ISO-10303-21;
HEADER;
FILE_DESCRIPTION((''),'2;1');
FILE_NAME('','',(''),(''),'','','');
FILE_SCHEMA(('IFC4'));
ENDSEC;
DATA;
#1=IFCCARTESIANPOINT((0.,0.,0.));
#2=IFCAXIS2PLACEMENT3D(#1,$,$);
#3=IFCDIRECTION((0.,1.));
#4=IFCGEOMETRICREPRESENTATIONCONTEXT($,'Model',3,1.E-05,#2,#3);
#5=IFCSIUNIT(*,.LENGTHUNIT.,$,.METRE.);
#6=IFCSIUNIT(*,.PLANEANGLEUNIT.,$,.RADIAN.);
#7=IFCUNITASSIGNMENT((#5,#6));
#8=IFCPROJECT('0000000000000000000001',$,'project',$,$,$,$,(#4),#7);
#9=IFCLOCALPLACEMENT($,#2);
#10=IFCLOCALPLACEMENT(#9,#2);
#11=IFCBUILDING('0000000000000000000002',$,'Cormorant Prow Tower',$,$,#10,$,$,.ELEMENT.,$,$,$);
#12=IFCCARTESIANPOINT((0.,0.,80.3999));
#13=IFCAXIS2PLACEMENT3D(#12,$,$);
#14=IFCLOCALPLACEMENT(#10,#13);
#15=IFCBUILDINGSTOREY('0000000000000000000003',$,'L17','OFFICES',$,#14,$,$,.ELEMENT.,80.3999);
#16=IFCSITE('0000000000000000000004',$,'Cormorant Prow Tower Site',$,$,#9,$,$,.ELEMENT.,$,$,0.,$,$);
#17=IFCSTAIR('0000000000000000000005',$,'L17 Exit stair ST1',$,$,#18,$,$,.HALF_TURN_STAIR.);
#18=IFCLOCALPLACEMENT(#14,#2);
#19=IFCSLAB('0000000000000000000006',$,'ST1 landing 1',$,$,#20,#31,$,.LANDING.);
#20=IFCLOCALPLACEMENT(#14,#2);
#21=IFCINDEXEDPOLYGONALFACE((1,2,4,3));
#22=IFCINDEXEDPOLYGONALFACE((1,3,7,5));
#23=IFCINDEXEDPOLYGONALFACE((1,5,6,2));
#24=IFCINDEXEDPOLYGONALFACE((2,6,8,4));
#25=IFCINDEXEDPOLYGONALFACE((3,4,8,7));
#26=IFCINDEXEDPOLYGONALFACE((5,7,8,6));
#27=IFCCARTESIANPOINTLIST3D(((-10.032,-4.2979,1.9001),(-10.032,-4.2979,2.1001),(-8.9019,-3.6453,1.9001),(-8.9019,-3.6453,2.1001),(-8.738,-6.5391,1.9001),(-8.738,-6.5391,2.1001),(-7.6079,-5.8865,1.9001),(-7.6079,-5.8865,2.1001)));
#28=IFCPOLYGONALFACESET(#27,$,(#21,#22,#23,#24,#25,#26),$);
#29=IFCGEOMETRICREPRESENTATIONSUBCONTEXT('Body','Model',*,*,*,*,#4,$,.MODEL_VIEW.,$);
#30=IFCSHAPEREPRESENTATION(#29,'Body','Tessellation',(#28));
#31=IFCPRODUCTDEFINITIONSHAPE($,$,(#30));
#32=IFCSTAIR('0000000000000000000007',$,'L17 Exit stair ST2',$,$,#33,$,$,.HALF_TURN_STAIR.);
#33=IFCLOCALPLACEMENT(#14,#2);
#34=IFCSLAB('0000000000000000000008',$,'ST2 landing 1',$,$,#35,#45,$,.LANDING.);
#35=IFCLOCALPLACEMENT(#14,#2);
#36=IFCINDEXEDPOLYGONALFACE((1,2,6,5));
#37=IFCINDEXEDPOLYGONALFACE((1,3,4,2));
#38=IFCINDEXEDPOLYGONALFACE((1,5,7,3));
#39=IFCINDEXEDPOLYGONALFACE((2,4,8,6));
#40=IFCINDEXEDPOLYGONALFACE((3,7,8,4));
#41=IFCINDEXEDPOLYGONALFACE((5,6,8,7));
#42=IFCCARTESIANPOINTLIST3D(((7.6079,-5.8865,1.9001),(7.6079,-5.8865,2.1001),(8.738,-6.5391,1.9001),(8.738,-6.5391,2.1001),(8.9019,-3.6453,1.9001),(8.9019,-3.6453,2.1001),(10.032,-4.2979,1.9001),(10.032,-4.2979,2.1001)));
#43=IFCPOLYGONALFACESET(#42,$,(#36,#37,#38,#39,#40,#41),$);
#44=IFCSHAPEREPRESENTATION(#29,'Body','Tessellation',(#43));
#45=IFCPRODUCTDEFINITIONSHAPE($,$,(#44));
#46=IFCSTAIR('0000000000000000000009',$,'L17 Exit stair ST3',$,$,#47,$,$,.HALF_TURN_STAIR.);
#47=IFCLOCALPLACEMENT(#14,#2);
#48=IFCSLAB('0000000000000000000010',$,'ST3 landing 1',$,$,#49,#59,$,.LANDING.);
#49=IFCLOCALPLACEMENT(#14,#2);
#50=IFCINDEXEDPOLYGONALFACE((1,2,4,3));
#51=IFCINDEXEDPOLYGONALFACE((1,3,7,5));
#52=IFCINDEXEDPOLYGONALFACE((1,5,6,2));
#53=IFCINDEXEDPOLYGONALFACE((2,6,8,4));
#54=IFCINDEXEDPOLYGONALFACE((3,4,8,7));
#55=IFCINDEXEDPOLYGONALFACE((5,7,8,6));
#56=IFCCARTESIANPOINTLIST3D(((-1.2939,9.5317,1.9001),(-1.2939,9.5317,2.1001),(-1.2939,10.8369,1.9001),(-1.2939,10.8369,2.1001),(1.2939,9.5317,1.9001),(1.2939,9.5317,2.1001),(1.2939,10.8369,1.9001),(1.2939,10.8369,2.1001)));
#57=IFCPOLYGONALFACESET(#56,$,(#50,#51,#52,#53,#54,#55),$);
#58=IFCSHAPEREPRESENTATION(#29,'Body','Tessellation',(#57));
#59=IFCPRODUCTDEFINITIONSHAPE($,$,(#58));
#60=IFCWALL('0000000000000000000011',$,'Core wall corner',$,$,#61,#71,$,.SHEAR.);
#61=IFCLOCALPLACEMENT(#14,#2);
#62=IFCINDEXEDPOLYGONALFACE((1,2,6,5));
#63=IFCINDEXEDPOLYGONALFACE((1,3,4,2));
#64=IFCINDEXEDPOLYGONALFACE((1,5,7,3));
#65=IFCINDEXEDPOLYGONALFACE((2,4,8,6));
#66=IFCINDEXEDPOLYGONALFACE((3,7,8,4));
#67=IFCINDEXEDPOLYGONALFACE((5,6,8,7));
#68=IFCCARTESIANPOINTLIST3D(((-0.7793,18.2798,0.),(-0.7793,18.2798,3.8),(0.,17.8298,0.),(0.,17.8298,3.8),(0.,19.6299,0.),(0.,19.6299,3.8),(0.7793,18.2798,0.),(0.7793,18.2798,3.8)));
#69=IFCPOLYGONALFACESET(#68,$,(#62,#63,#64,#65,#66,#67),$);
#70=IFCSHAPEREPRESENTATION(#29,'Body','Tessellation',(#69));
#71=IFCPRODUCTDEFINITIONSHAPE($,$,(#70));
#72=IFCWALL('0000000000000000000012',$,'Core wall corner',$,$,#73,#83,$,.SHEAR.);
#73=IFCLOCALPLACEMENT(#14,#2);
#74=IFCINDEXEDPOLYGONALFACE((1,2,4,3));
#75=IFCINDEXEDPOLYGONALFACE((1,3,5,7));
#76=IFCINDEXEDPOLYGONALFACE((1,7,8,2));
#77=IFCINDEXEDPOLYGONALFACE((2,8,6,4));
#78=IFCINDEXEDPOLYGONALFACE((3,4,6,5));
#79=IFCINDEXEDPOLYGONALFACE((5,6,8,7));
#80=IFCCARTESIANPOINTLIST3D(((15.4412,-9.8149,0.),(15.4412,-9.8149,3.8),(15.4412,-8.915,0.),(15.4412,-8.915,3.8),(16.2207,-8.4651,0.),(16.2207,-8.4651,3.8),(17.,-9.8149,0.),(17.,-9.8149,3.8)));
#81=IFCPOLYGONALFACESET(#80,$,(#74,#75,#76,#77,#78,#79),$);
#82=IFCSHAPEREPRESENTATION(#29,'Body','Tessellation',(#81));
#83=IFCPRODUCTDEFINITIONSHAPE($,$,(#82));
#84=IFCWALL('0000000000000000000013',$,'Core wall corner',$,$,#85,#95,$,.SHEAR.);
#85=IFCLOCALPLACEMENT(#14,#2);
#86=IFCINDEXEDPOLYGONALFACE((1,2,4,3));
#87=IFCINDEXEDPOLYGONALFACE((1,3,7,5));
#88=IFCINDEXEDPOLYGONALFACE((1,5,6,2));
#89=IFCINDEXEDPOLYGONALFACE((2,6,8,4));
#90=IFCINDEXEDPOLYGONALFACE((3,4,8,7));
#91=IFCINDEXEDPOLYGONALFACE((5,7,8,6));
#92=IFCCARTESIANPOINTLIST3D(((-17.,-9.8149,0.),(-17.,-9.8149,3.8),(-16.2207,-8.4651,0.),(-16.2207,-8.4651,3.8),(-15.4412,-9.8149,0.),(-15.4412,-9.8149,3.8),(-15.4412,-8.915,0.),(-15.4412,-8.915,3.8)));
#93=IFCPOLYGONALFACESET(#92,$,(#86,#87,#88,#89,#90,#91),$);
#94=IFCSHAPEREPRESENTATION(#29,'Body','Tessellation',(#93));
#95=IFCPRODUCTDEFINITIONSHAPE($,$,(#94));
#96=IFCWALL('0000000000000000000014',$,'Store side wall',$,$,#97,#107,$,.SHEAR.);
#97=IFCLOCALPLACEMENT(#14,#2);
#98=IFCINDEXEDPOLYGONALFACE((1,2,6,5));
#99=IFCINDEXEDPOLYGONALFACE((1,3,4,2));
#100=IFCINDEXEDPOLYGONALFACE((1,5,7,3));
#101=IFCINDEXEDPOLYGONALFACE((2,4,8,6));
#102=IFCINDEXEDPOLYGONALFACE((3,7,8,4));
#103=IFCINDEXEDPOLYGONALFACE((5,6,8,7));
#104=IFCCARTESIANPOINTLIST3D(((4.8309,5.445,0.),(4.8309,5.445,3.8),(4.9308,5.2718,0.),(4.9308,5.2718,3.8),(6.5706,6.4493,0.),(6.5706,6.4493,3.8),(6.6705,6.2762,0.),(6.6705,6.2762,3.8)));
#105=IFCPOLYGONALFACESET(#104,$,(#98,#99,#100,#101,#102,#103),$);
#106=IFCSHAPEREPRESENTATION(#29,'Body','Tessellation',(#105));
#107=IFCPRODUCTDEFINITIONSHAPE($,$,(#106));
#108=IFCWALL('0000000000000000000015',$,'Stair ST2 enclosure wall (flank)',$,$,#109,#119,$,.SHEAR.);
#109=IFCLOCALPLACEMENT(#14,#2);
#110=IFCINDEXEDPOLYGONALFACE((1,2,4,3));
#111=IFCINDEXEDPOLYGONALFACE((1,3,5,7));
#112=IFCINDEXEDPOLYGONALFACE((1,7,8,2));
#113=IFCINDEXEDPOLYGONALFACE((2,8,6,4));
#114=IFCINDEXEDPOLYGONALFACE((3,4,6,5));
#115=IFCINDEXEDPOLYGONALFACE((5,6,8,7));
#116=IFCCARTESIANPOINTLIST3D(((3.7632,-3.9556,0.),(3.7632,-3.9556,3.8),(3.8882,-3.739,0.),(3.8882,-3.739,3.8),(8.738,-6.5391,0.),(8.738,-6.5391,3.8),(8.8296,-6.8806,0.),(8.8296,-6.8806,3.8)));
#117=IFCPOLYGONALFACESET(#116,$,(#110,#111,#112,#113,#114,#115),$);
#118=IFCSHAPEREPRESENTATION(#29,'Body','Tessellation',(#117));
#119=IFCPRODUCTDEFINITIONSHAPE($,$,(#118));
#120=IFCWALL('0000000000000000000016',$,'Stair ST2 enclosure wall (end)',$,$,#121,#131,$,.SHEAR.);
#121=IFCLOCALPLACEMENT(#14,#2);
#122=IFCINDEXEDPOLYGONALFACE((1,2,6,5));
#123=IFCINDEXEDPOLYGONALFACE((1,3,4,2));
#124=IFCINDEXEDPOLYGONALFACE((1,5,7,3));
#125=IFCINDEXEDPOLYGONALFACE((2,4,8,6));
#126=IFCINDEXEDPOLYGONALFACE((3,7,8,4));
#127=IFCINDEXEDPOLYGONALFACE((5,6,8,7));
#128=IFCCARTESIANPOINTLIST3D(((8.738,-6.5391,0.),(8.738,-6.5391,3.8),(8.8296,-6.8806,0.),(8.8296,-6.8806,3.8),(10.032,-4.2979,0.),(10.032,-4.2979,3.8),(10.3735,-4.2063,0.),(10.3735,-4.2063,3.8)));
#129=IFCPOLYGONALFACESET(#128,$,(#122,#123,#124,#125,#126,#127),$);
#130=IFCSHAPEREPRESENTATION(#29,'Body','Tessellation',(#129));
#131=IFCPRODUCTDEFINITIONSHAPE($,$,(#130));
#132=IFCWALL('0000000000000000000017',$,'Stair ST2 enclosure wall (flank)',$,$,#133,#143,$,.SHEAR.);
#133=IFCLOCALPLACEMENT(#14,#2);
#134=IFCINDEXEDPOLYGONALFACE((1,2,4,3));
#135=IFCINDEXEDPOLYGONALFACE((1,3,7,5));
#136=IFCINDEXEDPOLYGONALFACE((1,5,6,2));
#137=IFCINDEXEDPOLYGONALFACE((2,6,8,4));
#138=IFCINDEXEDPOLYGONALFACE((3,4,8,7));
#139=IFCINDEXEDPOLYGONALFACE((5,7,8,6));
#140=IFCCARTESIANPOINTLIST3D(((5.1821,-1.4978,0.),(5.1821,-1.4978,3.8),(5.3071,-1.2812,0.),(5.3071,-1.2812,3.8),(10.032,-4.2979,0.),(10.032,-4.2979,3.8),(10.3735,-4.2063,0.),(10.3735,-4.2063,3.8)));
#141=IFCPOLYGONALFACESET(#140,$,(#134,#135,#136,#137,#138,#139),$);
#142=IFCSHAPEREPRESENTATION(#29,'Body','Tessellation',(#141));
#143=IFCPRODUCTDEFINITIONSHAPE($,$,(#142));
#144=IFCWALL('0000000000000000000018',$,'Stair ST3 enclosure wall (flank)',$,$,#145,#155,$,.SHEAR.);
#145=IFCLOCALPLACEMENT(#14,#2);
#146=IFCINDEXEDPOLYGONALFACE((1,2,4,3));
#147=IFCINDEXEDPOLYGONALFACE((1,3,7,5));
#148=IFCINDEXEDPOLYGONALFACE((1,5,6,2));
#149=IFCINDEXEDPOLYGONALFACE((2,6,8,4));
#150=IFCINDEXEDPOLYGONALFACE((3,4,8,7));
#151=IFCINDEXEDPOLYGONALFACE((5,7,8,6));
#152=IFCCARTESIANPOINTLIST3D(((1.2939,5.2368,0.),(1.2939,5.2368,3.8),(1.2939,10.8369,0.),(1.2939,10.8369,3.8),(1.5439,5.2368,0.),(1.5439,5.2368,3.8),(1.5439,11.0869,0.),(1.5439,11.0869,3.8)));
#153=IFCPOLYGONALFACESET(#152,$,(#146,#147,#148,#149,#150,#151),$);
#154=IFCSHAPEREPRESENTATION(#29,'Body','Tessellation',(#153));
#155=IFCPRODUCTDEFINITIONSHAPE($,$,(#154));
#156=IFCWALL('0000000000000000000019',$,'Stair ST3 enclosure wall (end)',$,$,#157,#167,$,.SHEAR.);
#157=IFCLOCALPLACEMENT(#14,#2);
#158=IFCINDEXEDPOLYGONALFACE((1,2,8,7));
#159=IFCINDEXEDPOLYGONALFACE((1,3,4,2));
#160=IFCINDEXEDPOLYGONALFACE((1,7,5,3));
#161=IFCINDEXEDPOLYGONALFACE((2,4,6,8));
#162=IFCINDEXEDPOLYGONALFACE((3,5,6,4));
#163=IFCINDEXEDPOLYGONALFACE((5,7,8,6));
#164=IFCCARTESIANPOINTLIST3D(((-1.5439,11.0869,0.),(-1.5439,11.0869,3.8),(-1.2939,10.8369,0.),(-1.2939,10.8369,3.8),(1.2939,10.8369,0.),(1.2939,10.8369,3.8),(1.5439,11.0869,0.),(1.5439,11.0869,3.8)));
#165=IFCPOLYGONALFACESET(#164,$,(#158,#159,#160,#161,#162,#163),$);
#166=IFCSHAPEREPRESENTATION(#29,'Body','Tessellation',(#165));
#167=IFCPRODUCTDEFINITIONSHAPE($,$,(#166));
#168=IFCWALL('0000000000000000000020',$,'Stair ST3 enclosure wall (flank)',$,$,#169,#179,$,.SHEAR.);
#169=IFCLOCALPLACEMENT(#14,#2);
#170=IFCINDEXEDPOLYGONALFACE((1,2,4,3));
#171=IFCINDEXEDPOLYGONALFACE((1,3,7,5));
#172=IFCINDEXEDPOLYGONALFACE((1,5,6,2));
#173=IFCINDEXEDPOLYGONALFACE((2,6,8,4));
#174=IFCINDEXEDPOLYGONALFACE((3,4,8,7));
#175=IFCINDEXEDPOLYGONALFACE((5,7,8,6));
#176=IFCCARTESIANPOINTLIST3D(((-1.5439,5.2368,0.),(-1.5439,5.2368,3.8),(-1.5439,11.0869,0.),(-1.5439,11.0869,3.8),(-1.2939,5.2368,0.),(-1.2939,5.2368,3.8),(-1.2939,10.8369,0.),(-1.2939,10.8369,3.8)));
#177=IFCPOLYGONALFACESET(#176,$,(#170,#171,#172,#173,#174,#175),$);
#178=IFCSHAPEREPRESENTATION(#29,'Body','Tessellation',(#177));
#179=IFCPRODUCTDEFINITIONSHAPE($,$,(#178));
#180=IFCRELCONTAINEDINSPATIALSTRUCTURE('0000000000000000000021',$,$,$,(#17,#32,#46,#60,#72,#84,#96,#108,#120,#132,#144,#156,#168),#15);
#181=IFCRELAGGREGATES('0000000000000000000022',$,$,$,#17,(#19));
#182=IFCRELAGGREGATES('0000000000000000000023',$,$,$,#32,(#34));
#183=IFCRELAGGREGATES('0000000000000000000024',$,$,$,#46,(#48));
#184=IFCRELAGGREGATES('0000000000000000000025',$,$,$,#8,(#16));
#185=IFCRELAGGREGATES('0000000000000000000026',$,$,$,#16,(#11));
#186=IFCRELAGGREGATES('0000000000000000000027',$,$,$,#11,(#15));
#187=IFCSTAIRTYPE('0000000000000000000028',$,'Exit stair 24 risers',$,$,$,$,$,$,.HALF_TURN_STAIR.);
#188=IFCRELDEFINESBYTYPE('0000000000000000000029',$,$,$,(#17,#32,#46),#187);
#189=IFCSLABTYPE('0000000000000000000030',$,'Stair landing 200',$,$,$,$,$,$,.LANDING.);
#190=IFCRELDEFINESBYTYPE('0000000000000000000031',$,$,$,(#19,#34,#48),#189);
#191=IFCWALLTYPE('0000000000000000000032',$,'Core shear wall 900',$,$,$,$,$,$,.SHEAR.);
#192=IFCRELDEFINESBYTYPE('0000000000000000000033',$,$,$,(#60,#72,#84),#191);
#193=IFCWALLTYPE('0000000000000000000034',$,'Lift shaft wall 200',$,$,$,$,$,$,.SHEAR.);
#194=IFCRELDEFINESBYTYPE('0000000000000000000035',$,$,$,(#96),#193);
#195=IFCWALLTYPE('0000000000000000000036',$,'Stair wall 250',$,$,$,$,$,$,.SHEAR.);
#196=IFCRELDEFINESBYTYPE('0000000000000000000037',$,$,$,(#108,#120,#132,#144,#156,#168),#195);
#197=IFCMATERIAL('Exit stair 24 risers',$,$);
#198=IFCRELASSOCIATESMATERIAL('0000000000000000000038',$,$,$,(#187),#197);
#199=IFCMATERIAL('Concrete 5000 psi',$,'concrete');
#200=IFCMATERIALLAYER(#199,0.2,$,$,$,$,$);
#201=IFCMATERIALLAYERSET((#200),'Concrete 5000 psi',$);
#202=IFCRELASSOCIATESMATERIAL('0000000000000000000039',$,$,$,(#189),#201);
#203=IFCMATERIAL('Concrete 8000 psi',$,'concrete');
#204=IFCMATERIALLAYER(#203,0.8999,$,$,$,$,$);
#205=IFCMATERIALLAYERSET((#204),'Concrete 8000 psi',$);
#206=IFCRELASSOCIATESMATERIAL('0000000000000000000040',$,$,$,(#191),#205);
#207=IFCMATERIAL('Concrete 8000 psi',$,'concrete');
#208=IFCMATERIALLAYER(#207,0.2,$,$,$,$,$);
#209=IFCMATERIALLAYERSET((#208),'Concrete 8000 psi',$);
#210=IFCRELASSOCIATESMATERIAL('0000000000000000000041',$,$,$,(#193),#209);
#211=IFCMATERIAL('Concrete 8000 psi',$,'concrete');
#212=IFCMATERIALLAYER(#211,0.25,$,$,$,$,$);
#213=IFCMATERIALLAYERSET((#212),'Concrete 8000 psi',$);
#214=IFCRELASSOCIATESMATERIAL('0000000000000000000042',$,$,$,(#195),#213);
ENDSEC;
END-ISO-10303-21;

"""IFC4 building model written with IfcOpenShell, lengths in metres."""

from ifc_helpers import new_model, si_unit, direction, frame, frame_2d, origin, place, context, subcontext, project, spatial, polyline, rectangle, outline, extrude, material, layer, layer_set, type_object, element, aggregate, save


model = new_model("IFC4")

# Units and contexts
model_context = context("Model", 3, precision=1e-05, world=origin(), true_north=direction((0.0, 1.0)))
body_context = subcontext(model_context, "Body", "Model", "MODEL_VIEW")
ifc_project = project(units=[si_unit("LENGTHUNIT", "METRE"), si_unit("PLANEANGLEUNIT", "RADIAN")], contexts=[model_context])

# Site, building, storey
site_placement = place(None, origin())
site = spatial("IfcSite", under=ifc_project, at=site_placement, Name="Cormorant Prow Tower Site", CompositionType="ELEMENT", RefElevation=0.0)
building_placement = place(site_placement, origin())
building = spatial("IfcBuilding", under=site, at=building_placement, Name="Cormorant Prow Tower", CompositionType="ELEMENT")
storey_placement = place(building_placement, frame((0.0, 0.0, 80.3999)))
storey = spatial("IfcBuildingStorey", under=building, at=storey_placement, Name="L17", Description="OFFICES", CompositionType="ELEMENT", Elevation=80.3999)

# Stairs, slabs
ifc_material_1 = material(Name="Exit stair 24 risers")
stair_type = type_object("IfcStairType", Name="Exit stair 24 risers", PredefinedType="HALF_TURN_STAIR", material=ifc_material_1)
stair_1_placement = place(storey_placement, origin())
stair_1 = element("IfcStair", 1, at=stair_1_placement, inside=storey, type_object=stair_type, Name="L17 Exit stair ST1", PredefinedType="HALF_TURN_STAIR")
ifc_material_2 = material(Name="Concrete 5000 psi", Category="concrete")
ifc_layer_1 = layer(ifc_material_2, 0.2)
ifc_layer_set_1 = layer_set([ifc_layer_1], Name="Concrete 5000 psi")
slab_type = type_object("IfcSlabType", Name="Stair landing 200", PredefinedType="LANDING", material=ifc_layer_set_1)
slab_1_placement = place(storey_placement, frame((0.0, 0.0, 1.9001)))
slab_1 = element("IfcSlab", 2, at=slab_1_placement, type_object=slab_type, Name="ST1 landing 1", PredefinedType="LANDING", context=body_context, shape_type="SweptSolid", body=[
    extrude(outline(polyline([(-8.9019, -3.6453), (-10.032, -4.2979), (-8.738, -6.5391), (-7.6079, -5.8865), (-8.9019, -3.6453)])), origin(), (0.0, 0.0, 1.0), 0.2),
])
aggregate(stair_1, [slab_1])
stair_2_placement = place(storey_placement, origin())
stair_2 = element("IfcStair", 3, at=stair_2_placement, inside=storey, type_object=stair_type, Name="L17 Exit stair ST2", PredefinedType="HALF_TURN_STAIR")
slab_2_placement = place(storey_placement, frame((0.0, 0.0, 1.9001)))
slab_2 = element("IfcSlab", 4, at=slab_2_placement, type_object=slab_type, Name="ST2 landing 1", PredefinedType="LANDING", context=body_context, shape_type="SweptSolid", body=[
    extrude(outline(polyline([(7.6079, -5.8865), (8.738, -6.5391), (10.032, -4.2979), (8.9019, -3.6453), (7.6079, -5.8865)])), origin(), (0.0, 0.0, 1.0), 0.2),
])
aggregate(stair_2, [slab_2])
stair_3_placement = place(storey_placement, origin())
stair_3 = element("IfcStair", 5, at=stair_3_placement, inside=storey, type_object=stair_type, Name="L17 Exit stair ST3", PredefinedType="HALF_TURN_STAIR")
slab_3_placement = place(storey_placement, frame((0.0, 0.0, 1.9001)))
slab_3 = element("IfcSlab", 6, at=slab_3_placement, type_object=slab_type, Name="ST3 landing 1", PredefinedType="LANDING", context=body_context, shape_type="SweptSolid", body=[
    extrude(outline(polyline([(1.2939, 9.5317), (1.2939, 10.8369), (-1.2939, 10.8369), (-1.2939, 9.5317), (1.2939, 9.5317)])), origin(), (0.0, 0.0, 1.0), 0.2),
])

# Walls
ifc_material_3 = material(Name="Concrete 8000 psi", Category="concrete")
ifc_layer_2 = layer(ifc_material_3, 0.8999)
ifc_layer_set_2 = layer_set([ifc_layer_2], Name="Concrete 8000 psi")
wall_type_1 = type_object("IfcWallType", Name="Core shear wall 900", PredefinedType="SHEAR", material=ifc_layer_set_2)
wall_1_placement = place(storey_placement, origin())
element("IfcWall", 7, at=wall_1_placement, inside=storey, type_object=wall_type_1, Name="Core wall corner", PredefinedType="SHEAR", context=body_context, shape_type="SweptSolid", body=[
    extrude(outline(polyline([(-0.7793, 18.2798), (0.0, 19.6299), (0.7793, 18.2798), (0.0, 17.8298), (-0.7793, 18.2798)])), origin(), (0.0, 0.0, 1.0), 3.8),
])
wall_2_placement = place(storey_placement, origin())
element("IfcWall", 8, at=wall_2_placement, inside=storey, type_object=wall_type_1, Name="Core wall corner", PredefinedType="SHEAR", context=body_context, shape_type="SweptSolid", body=[
    extrude(outline(polyline([(15.4412, -9.8149), (15.4412, -8.915), (16.2207, -8.4651), (17.0, -9.8149), (15.4412, -9.8149)])), origin(), (0.0, 0.0, 1.0), 3.8),
])
wall_3_placement = place(storey_placement, origin())
element("IfcWall", 9, at=wall_3_placement, inside=storey, type_object=wall_type_1, Name="Core wall corner", PredefinedType="SHEAR", context=body_context, shape_type="SweptSolid", body=[
    extrude(outline(polyline([(-16.2207, -8.4651), (-15.4412, -8.915), (-15.4412, -9.8149), (-17.0, -9.8149), (-16.2207, -8.4651)])), origin(), (0.0, 0.0, 1.0), 3.8),
])
ifc_material_4 = material(Name="Concrete 8000 psi", Category="concrete")
ifc_layer_3 = layer(ifc_material_4, 0.2)
ifc_layer_set_3 = layer_set([ifc_layer_3], Name="Concrete 8000 psi")
wall_type_2 = type_object("IfcWallType", Name="Lift shaft wall 200", PredefinedType="SHEAR", material=ifc_layer_set_3)
wall_4_placement = place(storey_placement, frame((4.8809, 5.3584, 0.0), z_axis=(0.0, 0.0, 1.0), x_axis=(0.866036, 0.499982, 0.0)))
element("IfcWall", 10, at=wall_4_placement, inside=storey, type_object=wall_type_2, Name="Store side wall", PredefinedType="SHEAR", context=body_context, shape_type="SweptSolid", body=[
    extrude(rectangle(XDim=2.0088, YDim=0.2, at=frame_2d((1.0044, 0.0))), origin(), (0.0, 0.0, 1.0), 3.8),
])
ifc_material_5 = material(Name="Concrete 8000 psi", Category="concrete")
ifc_layer_4 = layer(ifc_material_5, 0.25)
ifc_layer_set_4 = layer_set([ifc_layer_4], Name="Concrete 8000 psi")
wall_type_3 = type_object("IfcWallType", Name="Stair wall 250", PredefinedType="SHEAR", material=ifc_layer_set_4)
wall_5_placement = place(storey_placement, origin())
element("IfcWall", 11, at=wall_5_placement, inside=storey, type_object=wall_type_3, Name="Stair ST2 enclosure wall (flank)", PredefinedType="SHEAR", context=body_context, shape_type="SweptSolid", body=[
    extrude(outline(polyline([(3.7632, -3.9556), (8.8296, -6.8806), (8.738, -6.5391), (3.8882, -3.739), (3.7632, -3.9556)])), origin(), (0.0, 0.0, 1.0), 3.8),
])
wall_6_placement = place(storey_placement, origin())
element("IfcWall", 12, at=wall_6_placement, inside=storey, type_object=wall_type_3, Name="Stair ST2 enclosure wall (end)", PredefinedType="SHEAR", context=body_context, shape_type="SweptSolid", body=[
    extrude(outline(polyline([(8.8296, -6.8806), (10.3735, -4.2063), (10.032, -4.2979), (8.738, -6.5391), (8.8296, -6.8806)])), origin(), (0.0, 0.0, 1.0), 3.8),
])
wall_7_placement = place(storey_placement, origin())
element("IfcWall", 13, at=wall_7_placement, inside=storey, type_object=wall_type_3, Name="Stair ST2 enclosure wall (flank)", PredefinedType="SHEAR", context=body_context, shape_type="SweptSolid", body=[
    extrude(outline(polyline([(10.032, -4.2979), (10.3735, -4.2063), (5.3071, -1.2812), (5.1821, -1.4978), (10.032, -4.2979)])), origin(), (0.0, 0.0, 1.0), 3.8),
])
wall_8_placement = place(storey_placement, origin())
element("IfcWall", 14, at=wall_8_placement, inside=storey, type_object=wall_type_3, Name="Stair ST3 enclosure wall (flank)", PredefinedType="SHEAR", context=body_context, shape_type="SweptSolid", body=[
    extrude(outline(polyline([(1.5439, 5.2368), (1.5439, 11.0869), (1.2939, 10.8369), (1.2939, 5.2368), (1.5439, 5.2368)])), origin(), (0.0, 0.0, 1.0), 3.8),
])
wall_9_placement = place(storey_placement, origin())
element("IfcWall", 15, at=wall_9_placement, inside=storey, type_object=wall_type_3, Name="Stair ST3 enclosure wall (end)", PredefinedType="SHEAR", context=body_context, shape_type="SweptSolid", body=[
    extrude(outline(polyline([(1.5439, 11.0869), (-1.5439, 11.0869), (-1.2939, 10.8369), (1.2939, 10.8369), (1.5439, 11.0869)])), origin(), (0.0, 0.0, 1.0), 3.8),
])
wall_10_placement = place(storey_placement, origin())
element("IfcWall", 16, at=wall_10_placement, inside=storey, type_object=wall_type_3, Name="Stair ST3 enclosure wall (flank)", PredefinedType="SHEAR", context=body_context, shape_type="SweptSolid", body=[
    extrude(outline(polyline([(-1.2939, 10.8369), (-1.5439, 11.0869), (-1.5439, 5.2368), (-1.2939, 5.2368), (-1.2939, 10.8369)])), origin(), (0.0, 0.0, 1.0), 3.8),
])

aggregate(stair_3, [slab_3])

save(model, "model.ifc")
